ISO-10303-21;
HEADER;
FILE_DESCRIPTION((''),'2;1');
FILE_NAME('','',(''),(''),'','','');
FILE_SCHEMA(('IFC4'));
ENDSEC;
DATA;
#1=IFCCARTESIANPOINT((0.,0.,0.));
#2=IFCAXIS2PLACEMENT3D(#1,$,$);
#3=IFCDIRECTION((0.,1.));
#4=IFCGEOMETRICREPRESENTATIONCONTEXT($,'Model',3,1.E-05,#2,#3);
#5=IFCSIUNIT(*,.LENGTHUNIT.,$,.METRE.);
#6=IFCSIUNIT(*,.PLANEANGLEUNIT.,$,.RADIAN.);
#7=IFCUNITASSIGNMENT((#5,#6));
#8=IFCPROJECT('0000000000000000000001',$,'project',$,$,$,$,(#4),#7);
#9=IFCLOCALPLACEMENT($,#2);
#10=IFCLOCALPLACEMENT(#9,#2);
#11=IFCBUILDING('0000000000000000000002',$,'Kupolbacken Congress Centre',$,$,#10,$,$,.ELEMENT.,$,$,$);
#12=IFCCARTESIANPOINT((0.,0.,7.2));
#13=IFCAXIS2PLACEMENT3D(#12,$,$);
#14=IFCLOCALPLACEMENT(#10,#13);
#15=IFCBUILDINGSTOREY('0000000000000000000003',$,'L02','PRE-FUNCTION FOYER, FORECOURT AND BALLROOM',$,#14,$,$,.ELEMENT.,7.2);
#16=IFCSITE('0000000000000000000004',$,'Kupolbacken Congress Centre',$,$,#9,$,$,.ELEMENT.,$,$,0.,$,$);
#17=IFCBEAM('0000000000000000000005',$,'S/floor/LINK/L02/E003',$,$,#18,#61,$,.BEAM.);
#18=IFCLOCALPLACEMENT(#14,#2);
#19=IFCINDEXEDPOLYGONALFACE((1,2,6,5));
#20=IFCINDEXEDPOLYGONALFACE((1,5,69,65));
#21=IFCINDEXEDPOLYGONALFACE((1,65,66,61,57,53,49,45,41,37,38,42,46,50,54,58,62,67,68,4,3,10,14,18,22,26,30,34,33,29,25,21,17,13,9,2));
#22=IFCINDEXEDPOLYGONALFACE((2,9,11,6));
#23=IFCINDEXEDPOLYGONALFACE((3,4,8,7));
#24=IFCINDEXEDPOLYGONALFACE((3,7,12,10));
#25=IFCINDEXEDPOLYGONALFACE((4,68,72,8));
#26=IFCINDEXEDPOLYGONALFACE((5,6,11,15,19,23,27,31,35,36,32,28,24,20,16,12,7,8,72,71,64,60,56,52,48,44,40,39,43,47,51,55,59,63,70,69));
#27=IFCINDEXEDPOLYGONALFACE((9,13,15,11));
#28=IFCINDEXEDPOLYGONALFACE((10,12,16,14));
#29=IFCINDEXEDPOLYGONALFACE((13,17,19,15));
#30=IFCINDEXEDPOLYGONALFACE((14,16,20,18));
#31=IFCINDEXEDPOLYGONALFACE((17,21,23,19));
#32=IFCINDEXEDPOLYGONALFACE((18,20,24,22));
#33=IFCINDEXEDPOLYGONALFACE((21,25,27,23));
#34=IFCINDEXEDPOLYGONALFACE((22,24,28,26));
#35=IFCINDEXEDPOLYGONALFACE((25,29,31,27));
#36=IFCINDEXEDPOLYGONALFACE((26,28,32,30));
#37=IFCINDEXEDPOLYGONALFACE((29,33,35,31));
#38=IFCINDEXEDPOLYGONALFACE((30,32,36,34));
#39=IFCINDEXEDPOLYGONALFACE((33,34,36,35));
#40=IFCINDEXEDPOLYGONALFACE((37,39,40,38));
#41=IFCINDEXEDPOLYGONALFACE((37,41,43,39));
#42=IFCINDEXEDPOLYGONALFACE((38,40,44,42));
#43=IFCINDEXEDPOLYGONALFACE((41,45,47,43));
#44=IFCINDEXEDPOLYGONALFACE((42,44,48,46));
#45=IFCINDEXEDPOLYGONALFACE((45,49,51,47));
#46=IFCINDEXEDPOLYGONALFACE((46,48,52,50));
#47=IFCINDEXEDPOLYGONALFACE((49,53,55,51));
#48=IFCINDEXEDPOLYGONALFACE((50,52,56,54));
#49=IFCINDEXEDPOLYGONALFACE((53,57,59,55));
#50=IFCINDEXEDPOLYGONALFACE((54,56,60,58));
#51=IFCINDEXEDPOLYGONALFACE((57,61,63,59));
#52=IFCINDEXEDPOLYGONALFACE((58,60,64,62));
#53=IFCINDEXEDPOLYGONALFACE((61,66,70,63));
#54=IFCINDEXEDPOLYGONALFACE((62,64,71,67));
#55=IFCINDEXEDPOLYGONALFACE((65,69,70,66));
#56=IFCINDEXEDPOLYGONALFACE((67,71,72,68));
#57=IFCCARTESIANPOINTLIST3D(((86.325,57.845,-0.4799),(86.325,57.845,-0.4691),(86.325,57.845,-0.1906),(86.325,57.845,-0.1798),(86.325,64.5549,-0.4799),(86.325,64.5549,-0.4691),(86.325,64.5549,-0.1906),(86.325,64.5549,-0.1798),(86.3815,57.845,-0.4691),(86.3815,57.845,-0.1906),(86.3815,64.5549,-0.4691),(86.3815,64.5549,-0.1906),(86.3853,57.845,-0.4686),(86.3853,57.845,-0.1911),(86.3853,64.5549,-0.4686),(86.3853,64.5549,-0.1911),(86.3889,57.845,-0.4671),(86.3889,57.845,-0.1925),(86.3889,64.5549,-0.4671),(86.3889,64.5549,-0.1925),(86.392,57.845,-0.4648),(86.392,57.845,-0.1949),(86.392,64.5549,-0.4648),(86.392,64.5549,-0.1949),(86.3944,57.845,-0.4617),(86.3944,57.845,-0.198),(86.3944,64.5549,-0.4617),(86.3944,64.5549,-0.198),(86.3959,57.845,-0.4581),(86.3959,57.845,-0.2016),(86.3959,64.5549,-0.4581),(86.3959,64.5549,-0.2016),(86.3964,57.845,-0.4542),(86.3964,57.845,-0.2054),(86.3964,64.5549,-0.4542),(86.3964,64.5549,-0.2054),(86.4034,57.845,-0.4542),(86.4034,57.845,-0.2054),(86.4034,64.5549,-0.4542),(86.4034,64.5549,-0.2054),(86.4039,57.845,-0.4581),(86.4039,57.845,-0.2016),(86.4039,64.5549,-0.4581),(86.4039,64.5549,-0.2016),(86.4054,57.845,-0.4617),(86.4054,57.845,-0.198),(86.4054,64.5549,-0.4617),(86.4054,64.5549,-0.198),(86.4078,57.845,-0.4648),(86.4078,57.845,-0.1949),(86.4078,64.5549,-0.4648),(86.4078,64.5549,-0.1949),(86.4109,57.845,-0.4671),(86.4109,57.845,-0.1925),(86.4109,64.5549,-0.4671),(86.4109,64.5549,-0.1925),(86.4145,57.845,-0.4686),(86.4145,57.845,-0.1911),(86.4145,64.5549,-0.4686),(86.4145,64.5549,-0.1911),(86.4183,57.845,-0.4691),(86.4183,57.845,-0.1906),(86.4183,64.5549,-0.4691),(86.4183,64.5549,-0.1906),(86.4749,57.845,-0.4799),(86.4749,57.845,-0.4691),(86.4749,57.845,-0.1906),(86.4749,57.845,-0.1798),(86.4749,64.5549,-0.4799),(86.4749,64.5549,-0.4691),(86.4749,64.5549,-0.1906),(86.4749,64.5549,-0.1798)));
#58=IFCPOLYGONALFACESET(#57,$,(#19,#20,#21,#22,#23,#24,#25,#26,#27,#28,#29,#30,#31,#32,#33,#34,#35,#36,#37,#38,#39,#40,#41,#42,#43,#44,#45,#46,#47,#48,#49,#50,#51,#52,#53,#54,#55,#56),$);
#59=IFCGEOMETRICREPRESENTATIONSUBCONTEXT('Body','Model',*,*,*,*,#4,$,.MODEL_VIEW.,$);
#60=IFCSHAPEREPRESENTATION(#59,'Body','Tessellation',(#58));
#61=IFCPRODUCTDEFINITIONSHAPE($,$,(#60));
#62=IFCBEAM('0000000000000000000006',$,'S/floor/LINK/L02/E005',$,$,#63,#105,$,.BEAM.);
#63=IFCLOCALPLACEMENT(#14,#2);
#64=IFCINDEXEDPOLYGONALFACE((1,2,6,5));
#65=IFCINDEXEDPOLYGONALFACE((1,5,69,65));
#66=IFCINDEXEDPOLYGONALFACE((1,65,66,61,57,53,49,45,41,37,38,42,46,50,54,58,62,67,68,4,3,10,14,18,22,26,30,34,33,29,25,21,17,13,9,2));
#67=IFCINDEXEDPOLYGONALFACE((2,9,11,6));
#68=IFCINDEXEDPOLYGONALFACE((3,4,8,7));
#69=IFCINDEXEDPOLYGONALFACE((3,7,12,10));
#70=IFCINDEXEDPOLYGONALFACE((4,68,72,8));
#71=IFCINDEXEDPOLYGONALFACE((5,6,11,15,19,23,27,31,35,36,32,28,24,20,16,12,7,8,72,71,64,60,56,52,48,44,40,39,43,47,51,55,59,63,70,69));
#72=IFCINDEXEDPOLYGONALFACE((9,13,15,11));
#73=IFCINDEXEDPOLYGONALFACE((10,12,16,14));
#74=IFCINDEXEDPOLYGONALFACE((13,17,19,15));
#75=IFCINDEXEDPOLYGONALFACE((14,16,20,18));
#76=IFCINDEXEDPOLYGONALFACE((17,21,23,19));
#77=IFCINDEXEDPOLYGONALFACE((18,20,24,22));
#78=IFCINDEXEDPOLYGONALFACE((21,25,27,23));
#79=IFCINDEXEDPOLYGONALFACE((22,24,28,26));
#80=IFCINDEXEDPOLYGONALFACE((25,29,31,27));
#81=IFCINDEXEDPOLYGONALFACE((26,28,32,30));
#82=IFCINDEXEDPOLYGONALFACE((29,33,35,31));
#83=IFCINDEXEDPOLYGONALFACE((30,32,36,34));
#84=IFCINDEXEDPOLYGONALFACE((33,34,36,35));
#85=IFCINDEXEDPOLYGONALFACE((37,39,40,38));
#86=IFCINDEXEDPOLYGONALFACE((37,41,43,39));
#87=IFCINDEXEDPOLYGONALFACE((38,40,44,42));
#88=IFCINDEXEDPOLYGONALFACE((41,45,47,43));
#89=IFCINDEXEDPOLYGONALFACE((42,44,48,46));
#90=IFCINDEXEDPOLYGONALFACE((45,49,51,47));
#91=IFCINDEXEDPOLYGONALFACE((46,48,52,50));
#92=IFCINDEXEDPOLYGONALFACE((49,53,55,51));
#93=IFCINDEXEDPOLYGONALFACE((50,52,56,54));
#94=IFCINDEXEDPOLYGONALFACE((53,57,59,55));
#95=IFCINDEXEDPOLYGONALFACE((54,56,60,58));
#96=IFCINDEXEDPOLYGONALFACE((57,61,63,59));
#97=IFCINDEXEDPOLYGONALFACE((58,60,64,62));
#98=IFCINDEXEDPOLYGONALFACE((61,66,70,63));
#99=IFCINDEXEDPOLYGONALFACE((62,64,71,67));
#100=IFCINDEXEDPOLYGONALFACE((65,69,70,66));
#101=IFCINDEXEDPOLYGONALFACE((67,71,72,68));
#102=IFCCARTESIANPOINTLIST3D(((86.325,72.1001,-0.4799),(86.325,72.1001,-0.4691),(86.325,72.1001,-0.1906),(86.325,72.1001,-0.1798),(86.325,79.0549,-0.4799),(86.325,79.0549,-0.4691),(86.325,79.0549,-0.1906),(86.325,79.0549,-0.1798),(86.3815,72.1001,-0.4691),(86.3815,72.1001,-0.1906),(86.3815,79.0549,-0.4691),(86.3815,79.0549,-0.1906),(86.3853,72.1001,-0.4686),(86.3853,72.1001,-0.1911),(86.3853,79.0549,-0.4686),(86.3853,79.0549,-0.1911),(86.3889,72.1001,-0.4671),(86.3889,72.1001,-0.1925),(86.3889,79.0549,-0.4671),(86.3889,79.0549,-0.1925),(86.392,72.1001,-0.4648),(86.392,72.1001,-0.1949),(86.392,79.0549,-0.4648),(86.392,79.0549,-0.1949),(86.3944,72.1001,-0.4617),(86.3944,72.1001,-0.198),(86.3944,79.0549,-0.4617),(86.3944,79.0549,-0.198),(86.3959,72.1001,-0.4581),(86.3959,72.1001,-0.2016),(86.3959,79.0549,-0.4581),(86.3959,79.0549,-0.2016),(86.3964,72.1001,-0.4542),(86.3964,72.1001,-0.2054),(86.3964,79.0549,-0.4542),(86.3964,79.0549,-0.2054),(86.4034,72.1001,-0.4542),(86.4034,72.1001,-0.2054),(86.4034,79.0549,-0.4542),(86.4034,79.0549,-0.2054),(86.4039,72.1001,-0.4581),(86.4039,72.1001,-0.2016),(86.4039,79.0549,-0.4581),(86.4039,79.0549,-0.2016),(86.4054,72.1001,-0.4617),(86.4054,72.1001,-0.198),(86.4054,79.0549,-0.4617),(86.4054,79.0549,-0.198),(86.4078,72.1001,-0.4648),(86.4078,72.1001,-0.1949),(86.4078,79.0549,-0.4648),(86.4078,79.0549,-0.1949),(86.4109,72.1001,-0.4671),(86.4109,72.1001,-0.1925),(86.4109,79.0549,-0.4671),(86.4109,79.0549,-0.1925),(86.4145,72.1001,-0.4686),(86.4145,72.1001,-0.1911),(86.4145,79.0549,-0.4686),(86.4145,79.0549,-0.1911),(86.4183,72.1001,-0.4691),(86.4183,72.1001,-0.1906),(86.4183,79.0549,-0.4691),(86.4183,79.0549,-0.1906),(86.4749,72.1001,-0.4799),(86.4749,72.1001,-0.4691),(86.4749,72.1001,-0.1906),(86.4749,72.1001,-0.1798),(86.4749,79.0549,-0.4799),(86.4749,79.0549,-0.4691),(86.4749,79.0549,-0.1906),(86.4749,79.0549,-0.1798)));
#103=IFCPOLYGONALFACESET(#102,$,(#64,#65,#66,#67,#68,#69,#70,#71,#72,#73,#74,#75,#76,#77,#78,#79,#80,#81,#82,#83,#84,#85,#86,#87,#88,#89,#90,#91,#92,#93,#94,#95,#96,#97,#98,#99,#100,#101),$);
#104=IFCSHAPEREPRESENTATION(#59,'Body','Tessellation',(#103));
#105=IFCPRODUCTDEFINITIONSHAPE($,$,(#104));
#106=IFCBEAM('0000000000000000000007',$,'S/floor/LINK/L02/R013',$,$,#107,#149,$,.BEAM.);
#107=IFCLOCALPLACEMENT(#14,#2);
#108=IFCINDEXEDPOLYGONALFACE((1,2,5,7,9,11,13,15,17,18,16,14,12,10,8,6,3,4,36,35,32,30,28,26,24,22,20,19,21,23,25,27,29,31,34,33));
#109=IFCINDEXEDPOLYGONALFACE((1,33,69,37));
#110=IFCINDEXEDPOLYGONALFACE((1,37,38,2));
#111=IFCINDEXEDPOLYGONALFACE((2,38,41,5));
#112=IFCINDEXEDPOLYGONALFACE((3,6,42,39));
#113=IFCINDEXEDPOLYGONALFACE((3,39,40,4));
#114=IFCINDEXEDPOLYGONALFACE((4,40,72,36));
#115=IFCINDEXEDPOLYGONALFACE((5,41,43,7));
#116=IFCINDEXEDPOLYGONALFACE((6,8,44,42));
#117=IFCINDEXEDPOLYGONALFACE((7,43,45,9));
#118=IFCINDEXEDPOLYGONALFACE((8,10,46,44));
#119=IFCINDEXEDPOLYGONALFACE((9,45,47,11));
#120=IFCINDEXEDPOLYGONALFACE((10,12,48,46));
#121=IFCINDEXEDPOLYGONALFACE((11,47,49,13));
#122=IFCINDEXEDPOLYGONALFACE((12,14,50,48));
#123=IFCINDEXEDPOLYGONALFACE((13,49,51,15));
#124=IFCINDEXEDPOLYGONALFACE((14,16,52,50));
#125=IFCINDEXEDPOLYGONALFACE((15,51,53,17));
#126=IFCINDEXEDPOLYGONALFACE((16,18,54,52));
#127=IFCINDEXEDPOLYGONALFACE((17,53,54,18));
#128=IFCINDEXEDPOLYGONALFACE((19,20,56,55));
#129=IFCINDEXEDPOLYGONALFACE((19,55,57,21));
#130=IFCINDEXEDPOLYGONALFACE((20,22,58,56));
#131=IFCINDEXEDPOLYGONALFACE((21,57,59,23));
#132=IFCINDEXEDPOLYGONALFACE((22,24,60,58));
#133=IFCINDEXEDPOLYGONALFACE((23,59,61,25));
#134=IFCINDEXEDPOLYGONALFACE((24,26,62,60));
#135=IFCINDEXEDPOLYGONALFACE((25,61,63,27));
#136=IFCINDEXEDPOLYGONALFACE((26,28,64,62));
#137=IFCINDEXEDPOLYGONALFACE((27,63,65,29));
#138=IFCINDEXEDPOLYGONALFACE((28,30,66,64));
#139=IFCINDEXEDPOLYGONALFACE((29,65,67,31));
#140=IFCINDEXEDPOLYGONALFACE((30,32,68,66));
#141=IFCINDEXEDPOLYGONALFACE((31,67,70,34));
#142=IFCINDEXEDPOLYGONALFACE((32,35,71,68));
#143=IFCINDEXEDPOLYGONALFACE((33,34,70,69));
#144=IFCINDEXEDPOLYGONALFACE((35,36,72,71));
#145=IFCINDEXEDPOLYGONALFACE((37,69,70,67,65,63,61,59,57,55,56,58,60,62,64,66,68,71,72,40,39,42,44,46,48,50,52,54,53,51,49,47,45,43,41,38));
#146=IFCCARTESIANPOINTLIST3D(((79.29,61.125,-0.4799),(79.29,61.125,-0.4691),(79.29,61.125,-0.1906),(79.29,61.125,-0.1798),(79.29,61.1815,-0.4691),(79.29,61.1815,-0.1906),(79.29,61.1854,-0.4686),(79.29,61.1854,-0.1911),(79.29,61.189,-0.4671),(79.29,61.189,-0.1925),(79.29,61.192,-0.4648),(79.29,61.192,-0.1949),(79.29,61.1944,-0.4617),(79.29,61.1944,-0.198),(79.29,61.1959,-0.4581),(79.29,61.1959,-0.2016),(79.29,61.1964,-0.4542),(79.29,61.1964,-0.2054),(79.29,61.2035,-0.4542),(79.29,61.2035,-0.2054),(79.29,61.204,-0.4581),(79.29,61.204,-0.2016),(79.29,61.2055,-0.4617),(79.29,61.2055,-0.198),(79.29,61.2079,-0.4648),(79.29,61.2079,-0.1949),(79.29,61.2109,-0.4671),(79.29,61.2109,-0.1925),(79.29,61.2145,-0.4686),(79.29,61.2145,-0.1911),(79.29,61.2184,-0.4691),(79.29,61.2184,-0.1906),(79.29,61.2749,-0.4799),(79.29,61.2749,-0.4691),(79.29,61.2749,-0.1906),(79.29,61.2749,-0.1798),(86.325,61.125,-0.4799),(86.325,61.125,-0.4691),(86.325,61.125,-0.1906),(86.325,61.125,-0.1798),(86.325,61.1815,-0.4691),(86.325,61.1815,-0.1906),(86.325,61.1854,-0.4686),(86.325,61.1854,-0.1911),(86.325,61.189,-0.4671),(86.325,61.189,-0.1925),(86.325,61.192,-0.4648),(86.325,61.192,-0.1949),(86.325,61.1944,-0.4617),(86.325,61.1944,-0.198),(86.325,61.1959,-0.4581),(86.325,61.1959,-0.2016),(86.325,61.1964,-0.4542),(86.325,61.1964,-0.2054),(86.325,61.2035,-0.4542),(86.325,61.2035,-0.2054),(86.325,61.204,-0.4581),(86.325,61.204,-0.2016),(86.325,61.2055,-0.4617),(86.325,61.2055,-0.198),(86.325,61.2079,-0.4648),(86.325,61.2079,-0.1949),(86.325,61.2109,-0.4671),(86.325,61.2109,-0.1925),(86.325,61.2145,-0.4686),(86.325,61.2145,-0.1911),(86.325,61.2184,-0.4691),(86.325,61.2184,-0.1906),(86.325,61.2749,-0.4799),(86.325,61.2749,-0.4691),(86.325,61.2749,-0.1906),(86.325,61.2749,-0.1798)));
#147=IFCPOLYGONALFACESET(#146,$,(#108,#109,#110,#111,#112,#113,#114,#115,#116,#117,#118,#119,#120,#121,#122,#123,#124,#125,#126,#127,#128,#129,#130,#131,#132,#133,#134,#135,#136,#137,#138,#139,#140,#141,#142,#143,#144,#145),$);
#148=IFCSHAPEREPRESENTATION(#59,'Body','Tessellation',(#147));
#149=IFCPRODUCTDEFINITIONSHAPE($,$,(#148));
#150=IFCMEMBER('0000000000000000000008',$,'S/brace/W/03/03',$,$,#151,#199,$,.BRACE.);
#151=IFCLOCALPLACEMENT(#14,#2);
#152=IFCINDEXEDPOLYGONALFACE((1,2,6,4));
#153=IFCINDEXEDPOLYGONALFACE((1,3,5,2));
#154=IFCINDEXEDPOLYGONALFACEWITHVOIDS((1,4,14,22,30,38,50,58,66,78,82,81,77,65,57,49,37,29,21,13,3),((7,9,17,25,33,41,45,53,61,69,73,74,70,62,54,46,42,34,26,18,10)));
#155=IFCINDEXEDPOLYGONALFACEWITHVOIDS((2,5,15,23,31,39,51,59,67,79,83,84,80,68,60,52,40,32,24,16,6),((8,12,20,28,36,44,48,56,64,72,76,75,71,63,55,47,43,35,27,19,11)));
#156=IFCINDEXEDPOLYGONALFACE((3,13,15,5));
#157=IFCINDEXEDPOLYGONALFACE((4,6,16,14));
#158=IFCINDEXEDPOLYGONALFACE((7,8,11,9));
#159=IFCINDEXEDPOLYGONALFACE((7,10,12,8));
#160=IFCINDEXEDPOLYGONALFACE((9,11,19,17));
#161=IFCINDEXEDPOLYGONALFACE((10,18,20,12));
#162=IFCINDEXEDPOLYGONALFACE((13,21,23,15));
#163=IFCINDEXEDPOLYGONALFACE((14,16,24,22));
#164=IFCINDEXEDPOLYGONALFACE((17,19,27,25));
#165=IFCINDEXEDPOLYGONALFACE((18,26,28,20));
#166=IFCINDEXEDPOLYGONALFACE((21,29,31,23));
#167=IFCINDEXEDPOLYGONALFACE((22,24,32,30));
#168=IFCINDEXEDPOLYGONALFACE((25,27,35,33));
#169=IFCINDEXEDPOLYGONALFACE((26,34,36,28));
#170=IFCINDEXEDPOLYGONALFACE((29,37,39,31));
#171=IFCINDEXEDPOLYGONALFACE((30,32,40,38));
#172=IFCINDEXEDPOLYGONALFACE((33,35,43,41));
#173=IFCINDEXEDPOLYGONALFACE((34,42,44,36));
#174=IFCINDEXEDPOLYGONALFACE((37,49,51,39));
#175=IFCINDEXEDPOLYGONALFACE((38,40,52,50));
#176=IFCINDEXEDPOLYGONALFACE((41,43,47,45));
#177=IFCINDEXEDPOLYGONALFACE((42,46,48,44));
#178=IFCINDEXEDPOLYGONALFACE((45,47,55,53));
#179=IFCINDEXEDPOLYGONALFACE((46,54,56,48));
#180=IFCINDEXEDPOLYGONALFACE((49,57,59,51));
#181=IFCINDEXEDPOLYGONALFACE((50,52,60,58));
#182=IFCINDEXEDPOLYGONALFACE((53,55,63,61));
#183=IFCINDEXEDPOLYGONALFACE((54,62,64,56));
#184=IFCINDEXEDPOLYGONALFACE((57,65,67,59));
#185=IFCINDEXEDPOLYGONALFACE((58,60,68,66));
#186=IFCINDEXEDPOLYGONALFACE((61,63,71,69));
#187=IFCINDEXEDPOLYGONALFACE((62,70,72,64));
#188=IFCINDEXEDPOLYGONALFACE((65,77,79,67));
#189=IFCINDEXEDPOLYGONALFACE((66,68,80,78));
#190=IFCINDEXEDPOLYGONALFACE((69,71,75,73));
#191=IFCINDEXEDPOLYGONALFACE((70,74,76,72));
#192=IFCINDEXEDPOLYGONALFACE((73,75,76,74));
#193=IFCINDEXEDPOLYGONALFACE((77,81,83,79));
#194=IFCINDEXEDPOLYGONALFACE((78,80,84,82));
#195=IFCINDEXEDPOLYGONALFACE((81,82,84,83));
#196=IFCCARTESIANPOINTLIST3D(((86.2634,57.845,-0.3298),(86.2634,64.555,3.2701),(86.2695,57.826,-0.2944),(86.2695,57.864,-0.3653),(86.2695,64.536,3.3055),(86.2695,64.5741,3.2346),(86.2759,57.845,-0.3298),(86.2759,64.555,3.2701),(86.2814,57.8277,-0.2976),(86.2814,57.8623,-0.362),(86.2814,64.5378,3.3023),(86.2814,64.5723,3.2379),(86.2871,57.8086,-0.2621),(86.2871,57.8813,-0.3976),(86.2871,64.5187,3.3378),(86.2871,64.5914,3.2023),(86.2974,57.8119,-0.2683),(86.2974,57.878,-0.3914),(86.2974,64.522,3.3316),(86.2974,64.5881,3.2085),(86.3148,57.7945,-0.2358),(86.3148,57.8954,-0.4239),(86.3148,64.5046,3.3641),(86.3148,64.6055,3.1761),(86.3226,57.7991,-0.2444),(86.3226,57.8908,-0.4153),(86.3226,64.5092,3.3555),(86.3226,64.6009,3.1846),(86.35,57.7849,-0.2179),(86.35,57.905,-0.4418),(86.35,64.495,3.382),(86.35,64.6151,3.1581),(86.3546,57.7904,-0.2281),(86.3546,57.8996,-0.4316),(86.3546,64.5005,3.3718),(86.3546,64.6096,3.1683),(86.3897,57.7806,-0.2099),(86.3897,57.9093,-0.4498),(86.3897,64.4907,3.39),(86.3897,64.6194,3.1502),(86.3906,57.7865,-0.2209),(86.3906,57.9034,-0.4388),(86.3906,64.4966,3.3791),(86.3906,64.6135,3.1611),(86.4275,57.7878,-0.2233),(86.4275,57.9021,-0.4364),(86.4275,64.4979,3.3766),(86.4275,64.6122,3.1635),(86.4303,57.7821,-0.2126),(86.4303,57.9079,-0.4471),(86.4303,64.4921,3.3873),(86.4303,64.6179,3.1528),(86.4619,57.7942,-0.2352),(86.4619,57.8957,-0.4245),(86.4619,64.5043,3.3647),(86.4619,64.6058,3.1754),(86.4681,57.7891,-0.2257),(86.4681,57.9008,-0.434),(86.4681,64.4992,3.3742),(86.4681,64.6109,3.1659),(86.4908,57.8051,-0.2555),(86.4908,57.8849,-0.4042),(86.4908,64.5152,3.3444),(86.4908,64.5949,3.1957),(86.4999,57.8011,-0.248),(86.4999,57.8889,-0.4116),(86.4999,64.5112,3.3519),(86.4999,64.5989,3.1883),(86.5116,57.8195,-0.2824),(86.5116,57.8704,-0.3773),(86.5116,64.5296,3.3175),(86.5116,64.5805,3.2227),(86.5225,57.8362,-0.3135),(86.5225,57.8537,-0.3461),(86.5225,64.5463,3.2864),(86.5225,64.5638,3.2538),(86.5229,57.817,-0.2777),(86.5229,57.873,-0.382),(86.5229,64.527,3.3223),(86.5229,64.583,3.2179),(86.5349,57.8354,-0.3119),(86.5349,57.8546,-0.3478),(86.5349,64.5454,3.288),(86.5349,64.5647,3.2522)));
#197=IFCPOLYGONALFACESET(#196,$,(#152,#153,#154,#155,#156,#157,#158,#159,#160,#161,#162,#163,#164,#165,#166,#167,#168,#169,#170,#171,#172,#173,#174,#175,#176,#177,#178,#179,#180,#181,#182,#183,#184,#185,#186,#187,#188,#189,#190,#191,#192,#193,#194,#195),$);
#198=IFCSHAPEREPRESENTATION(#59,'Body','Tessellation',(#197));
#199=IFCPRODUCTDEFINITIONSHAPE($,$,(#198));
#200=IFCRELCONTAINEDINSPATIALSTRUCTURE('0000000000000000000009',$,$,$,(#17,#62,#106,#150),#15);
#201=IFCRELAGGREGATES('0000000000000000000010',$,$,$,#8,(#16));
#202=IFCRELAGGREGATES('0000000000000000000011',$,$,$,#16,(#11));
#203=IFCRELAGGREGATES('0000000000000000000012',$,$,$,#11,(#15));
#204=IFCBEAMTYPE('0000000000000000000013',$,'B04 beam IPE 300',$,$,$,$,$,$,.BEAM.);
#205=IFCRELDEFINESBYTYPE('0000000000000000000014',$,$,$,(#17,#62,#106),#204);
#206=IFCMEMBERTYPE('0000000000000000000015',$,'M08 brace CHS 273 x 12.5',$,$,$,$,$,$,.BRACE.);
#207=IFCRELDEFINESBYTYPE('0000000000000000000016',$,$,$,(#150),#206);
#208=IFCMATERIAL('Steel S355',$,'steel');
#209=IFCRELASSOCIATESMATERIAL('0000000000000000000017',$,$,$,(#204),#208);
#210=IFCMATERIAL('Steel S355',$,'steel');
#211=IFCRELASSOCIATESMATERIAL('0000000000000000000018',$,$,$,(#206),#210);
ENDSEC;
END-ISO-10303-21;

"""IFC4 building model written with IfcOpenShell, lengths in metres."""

from ifc_helpers import new_model, si_unit, direction, frame, origin, origin_2d, place, context, subcontext, project, spatial, hollow_circle, i_section, extrude, material, material_profile, profile_set, type_object, element, save


model = new_model("IFC4")

# Units and contexts
model_context = context("Model", 3, precision=1e-05, world=origin(), true_north=direction((0.0, 1.0)))
body_context = subcontext(model_context, "Body", "Model", "MODEL_VIEW")
ifc_project = project(units=[si_unit("LENGTHUNIT", "METRE"), si_unit("PLANEANGLEUNIT", "RADIAN")], contexts=[model_context])

# Site, building, storey
site_placement = place(None, origin())
site = spatial("IfcSite", under=ifc_project, at=site_placement, Name="Kupolbacken Congress Centre", CompositionType="ELEMENT", RefElevation=0.0)
building_placement = place(site_placement, origin())
building = spatial("IfcBuilding", under=site, at=building_placement, Name="Kupolbacken Congress Centre", CompositionType="ELEMENT")
storey_placement = place(building_placement, frame((0.0, 0.0, 7.2)))
storey = spatial("IfcBuildingStorey", under=building, at=storey_placement, Name="L02", Description="PRE-FUNCTION FOYER, FORECOURT AND BALLROOM", CompositionType="ELEMENT", Elevation=7.2)

# Beams
ifc_material_1 = material(Name="Steel S355", Category="steel")
ifc_material_profile_1 = material_profile(ifc_material_1, i_section(OverallWidth=0.1499, OverallDepth=0.3, WebThickness=0.0071, FlangeThickness=0.0107, FilletRadius=0.0149, at=origin_2d()), Name="IPE 300")
ifc_profile_set_1 = profile_set([ifc_material_profile_1], Name="Steel S355")
beam_type_1 = type_object("IfcBeamType", Name="B04 beam IPE 300", PredefinedType="BEAM", material=ifc_profile_set_1)
beam_1_placement = place(storey_placement, frame((86.3999, 57.845, -0.3298), z_axis=(0.0, 1.0, 0.0), x_axis=(-1.0, 0.0, 0.0)))
element("IfcBeam", 1, at=beam_1_placement, inside=storey, type_object=beam_type_1, Name="S/floor/LINK/L02/E003", PredefinedType="BEAM", context=body_context, shape_type="SweptSolid", body=[
    extrude(i_section(OverallWidth=0.1499, OverallDepth=0.3, WebThickness=0.0071, FlangeThickness=0.0107, FilletRadius=0.0149, at=origin_2d()), origin(), (0.0, 0.0, 1.0), 6.71),
])
beam_2_placement = place(storey_placement, frame((86.3999, 72.1001, -0.3298), z_axis=(0.0, 1.0, 0.0), x_axis=(-1.0, 0.0, 0.0)))
element("IfcBeam", 2, at=beam_2_placement, inside=storey, type_object=beam_type_1, Name="S/floor/LINK/L02/E005", PredefinedType="BEAM", context=body_context, shape_type="SweptSolid", body=[
    extrude(i_section(OverallWidth=0.1499, OverallDepth=0.3, WebThickness=0.0071, FlangeThickness=0.0107, FilletRadius=0.0149, at=origin_2d()), origin(), (0.0, 0.0, 1.0), 6.9548),
])
beam_3_placement = place(storey_placement, frame((79.29, 61.2, -0.3298), z_axis=(1.0, 0.0, 0.0), x_axis=(0.0, 1.0, 0.0)))
element("IfcBeam", 3, at=beam_3_placement, inside=storey, type_object=beam_type_1, Name="S/floor/LINK/L02/R013", PredefinedType="BEAM", context=body_context, shape_type="SweptSolid", body=[
    extrude(i_section(OverallWidth=0.1499, OverallDepth=0.3, WebThickness=0.0071, FlangeThickness=0.0107, FilletRadius=0.0149, at=origin_2d()), origin(), (0.0, 0.0, 1.0), 7.0349),
])

# Member
ifc_material_2 = material(Name="Steel S355", Category="steel")
ifc_material_profile_2 = material_profile(ifc_material_2, hollow_circle(Radius=0.1365, WallThickness=0.0125, at=origin_2d()), Name="CHS 273 x 12.5")
ifc_profile_set_2 = profile_set([ifc_material_profile_2], Name="Steel S355")
member_type = type_object("IfcMemberType", Name="M08 brace CHS 273 x 12.5", PredefinedType="BRACE", material=ifc_profile_set_2)
member_placement = place(storey_placement, frame((86.3999, 57.845, -0.3298), z_axis=(0.0, 0.881194, 0.472755), x_axis=(-1.0, 0.0, 0.0)))
element("IfcMember", 4, at=member_placement, inside=storey, type_object=member_type, Name="S/brace/W/03/03", PredefinedType="BRACE", context=body_context, shape_type="SweptSolid", body=[
    extrude(hollow_circle(Radius=0.1365, WallThickness=0.0125, at=origin_2d()), origin(), (0.0, 0.0, 1.0), 7.6147),
])

save(model, "model.ifc")
